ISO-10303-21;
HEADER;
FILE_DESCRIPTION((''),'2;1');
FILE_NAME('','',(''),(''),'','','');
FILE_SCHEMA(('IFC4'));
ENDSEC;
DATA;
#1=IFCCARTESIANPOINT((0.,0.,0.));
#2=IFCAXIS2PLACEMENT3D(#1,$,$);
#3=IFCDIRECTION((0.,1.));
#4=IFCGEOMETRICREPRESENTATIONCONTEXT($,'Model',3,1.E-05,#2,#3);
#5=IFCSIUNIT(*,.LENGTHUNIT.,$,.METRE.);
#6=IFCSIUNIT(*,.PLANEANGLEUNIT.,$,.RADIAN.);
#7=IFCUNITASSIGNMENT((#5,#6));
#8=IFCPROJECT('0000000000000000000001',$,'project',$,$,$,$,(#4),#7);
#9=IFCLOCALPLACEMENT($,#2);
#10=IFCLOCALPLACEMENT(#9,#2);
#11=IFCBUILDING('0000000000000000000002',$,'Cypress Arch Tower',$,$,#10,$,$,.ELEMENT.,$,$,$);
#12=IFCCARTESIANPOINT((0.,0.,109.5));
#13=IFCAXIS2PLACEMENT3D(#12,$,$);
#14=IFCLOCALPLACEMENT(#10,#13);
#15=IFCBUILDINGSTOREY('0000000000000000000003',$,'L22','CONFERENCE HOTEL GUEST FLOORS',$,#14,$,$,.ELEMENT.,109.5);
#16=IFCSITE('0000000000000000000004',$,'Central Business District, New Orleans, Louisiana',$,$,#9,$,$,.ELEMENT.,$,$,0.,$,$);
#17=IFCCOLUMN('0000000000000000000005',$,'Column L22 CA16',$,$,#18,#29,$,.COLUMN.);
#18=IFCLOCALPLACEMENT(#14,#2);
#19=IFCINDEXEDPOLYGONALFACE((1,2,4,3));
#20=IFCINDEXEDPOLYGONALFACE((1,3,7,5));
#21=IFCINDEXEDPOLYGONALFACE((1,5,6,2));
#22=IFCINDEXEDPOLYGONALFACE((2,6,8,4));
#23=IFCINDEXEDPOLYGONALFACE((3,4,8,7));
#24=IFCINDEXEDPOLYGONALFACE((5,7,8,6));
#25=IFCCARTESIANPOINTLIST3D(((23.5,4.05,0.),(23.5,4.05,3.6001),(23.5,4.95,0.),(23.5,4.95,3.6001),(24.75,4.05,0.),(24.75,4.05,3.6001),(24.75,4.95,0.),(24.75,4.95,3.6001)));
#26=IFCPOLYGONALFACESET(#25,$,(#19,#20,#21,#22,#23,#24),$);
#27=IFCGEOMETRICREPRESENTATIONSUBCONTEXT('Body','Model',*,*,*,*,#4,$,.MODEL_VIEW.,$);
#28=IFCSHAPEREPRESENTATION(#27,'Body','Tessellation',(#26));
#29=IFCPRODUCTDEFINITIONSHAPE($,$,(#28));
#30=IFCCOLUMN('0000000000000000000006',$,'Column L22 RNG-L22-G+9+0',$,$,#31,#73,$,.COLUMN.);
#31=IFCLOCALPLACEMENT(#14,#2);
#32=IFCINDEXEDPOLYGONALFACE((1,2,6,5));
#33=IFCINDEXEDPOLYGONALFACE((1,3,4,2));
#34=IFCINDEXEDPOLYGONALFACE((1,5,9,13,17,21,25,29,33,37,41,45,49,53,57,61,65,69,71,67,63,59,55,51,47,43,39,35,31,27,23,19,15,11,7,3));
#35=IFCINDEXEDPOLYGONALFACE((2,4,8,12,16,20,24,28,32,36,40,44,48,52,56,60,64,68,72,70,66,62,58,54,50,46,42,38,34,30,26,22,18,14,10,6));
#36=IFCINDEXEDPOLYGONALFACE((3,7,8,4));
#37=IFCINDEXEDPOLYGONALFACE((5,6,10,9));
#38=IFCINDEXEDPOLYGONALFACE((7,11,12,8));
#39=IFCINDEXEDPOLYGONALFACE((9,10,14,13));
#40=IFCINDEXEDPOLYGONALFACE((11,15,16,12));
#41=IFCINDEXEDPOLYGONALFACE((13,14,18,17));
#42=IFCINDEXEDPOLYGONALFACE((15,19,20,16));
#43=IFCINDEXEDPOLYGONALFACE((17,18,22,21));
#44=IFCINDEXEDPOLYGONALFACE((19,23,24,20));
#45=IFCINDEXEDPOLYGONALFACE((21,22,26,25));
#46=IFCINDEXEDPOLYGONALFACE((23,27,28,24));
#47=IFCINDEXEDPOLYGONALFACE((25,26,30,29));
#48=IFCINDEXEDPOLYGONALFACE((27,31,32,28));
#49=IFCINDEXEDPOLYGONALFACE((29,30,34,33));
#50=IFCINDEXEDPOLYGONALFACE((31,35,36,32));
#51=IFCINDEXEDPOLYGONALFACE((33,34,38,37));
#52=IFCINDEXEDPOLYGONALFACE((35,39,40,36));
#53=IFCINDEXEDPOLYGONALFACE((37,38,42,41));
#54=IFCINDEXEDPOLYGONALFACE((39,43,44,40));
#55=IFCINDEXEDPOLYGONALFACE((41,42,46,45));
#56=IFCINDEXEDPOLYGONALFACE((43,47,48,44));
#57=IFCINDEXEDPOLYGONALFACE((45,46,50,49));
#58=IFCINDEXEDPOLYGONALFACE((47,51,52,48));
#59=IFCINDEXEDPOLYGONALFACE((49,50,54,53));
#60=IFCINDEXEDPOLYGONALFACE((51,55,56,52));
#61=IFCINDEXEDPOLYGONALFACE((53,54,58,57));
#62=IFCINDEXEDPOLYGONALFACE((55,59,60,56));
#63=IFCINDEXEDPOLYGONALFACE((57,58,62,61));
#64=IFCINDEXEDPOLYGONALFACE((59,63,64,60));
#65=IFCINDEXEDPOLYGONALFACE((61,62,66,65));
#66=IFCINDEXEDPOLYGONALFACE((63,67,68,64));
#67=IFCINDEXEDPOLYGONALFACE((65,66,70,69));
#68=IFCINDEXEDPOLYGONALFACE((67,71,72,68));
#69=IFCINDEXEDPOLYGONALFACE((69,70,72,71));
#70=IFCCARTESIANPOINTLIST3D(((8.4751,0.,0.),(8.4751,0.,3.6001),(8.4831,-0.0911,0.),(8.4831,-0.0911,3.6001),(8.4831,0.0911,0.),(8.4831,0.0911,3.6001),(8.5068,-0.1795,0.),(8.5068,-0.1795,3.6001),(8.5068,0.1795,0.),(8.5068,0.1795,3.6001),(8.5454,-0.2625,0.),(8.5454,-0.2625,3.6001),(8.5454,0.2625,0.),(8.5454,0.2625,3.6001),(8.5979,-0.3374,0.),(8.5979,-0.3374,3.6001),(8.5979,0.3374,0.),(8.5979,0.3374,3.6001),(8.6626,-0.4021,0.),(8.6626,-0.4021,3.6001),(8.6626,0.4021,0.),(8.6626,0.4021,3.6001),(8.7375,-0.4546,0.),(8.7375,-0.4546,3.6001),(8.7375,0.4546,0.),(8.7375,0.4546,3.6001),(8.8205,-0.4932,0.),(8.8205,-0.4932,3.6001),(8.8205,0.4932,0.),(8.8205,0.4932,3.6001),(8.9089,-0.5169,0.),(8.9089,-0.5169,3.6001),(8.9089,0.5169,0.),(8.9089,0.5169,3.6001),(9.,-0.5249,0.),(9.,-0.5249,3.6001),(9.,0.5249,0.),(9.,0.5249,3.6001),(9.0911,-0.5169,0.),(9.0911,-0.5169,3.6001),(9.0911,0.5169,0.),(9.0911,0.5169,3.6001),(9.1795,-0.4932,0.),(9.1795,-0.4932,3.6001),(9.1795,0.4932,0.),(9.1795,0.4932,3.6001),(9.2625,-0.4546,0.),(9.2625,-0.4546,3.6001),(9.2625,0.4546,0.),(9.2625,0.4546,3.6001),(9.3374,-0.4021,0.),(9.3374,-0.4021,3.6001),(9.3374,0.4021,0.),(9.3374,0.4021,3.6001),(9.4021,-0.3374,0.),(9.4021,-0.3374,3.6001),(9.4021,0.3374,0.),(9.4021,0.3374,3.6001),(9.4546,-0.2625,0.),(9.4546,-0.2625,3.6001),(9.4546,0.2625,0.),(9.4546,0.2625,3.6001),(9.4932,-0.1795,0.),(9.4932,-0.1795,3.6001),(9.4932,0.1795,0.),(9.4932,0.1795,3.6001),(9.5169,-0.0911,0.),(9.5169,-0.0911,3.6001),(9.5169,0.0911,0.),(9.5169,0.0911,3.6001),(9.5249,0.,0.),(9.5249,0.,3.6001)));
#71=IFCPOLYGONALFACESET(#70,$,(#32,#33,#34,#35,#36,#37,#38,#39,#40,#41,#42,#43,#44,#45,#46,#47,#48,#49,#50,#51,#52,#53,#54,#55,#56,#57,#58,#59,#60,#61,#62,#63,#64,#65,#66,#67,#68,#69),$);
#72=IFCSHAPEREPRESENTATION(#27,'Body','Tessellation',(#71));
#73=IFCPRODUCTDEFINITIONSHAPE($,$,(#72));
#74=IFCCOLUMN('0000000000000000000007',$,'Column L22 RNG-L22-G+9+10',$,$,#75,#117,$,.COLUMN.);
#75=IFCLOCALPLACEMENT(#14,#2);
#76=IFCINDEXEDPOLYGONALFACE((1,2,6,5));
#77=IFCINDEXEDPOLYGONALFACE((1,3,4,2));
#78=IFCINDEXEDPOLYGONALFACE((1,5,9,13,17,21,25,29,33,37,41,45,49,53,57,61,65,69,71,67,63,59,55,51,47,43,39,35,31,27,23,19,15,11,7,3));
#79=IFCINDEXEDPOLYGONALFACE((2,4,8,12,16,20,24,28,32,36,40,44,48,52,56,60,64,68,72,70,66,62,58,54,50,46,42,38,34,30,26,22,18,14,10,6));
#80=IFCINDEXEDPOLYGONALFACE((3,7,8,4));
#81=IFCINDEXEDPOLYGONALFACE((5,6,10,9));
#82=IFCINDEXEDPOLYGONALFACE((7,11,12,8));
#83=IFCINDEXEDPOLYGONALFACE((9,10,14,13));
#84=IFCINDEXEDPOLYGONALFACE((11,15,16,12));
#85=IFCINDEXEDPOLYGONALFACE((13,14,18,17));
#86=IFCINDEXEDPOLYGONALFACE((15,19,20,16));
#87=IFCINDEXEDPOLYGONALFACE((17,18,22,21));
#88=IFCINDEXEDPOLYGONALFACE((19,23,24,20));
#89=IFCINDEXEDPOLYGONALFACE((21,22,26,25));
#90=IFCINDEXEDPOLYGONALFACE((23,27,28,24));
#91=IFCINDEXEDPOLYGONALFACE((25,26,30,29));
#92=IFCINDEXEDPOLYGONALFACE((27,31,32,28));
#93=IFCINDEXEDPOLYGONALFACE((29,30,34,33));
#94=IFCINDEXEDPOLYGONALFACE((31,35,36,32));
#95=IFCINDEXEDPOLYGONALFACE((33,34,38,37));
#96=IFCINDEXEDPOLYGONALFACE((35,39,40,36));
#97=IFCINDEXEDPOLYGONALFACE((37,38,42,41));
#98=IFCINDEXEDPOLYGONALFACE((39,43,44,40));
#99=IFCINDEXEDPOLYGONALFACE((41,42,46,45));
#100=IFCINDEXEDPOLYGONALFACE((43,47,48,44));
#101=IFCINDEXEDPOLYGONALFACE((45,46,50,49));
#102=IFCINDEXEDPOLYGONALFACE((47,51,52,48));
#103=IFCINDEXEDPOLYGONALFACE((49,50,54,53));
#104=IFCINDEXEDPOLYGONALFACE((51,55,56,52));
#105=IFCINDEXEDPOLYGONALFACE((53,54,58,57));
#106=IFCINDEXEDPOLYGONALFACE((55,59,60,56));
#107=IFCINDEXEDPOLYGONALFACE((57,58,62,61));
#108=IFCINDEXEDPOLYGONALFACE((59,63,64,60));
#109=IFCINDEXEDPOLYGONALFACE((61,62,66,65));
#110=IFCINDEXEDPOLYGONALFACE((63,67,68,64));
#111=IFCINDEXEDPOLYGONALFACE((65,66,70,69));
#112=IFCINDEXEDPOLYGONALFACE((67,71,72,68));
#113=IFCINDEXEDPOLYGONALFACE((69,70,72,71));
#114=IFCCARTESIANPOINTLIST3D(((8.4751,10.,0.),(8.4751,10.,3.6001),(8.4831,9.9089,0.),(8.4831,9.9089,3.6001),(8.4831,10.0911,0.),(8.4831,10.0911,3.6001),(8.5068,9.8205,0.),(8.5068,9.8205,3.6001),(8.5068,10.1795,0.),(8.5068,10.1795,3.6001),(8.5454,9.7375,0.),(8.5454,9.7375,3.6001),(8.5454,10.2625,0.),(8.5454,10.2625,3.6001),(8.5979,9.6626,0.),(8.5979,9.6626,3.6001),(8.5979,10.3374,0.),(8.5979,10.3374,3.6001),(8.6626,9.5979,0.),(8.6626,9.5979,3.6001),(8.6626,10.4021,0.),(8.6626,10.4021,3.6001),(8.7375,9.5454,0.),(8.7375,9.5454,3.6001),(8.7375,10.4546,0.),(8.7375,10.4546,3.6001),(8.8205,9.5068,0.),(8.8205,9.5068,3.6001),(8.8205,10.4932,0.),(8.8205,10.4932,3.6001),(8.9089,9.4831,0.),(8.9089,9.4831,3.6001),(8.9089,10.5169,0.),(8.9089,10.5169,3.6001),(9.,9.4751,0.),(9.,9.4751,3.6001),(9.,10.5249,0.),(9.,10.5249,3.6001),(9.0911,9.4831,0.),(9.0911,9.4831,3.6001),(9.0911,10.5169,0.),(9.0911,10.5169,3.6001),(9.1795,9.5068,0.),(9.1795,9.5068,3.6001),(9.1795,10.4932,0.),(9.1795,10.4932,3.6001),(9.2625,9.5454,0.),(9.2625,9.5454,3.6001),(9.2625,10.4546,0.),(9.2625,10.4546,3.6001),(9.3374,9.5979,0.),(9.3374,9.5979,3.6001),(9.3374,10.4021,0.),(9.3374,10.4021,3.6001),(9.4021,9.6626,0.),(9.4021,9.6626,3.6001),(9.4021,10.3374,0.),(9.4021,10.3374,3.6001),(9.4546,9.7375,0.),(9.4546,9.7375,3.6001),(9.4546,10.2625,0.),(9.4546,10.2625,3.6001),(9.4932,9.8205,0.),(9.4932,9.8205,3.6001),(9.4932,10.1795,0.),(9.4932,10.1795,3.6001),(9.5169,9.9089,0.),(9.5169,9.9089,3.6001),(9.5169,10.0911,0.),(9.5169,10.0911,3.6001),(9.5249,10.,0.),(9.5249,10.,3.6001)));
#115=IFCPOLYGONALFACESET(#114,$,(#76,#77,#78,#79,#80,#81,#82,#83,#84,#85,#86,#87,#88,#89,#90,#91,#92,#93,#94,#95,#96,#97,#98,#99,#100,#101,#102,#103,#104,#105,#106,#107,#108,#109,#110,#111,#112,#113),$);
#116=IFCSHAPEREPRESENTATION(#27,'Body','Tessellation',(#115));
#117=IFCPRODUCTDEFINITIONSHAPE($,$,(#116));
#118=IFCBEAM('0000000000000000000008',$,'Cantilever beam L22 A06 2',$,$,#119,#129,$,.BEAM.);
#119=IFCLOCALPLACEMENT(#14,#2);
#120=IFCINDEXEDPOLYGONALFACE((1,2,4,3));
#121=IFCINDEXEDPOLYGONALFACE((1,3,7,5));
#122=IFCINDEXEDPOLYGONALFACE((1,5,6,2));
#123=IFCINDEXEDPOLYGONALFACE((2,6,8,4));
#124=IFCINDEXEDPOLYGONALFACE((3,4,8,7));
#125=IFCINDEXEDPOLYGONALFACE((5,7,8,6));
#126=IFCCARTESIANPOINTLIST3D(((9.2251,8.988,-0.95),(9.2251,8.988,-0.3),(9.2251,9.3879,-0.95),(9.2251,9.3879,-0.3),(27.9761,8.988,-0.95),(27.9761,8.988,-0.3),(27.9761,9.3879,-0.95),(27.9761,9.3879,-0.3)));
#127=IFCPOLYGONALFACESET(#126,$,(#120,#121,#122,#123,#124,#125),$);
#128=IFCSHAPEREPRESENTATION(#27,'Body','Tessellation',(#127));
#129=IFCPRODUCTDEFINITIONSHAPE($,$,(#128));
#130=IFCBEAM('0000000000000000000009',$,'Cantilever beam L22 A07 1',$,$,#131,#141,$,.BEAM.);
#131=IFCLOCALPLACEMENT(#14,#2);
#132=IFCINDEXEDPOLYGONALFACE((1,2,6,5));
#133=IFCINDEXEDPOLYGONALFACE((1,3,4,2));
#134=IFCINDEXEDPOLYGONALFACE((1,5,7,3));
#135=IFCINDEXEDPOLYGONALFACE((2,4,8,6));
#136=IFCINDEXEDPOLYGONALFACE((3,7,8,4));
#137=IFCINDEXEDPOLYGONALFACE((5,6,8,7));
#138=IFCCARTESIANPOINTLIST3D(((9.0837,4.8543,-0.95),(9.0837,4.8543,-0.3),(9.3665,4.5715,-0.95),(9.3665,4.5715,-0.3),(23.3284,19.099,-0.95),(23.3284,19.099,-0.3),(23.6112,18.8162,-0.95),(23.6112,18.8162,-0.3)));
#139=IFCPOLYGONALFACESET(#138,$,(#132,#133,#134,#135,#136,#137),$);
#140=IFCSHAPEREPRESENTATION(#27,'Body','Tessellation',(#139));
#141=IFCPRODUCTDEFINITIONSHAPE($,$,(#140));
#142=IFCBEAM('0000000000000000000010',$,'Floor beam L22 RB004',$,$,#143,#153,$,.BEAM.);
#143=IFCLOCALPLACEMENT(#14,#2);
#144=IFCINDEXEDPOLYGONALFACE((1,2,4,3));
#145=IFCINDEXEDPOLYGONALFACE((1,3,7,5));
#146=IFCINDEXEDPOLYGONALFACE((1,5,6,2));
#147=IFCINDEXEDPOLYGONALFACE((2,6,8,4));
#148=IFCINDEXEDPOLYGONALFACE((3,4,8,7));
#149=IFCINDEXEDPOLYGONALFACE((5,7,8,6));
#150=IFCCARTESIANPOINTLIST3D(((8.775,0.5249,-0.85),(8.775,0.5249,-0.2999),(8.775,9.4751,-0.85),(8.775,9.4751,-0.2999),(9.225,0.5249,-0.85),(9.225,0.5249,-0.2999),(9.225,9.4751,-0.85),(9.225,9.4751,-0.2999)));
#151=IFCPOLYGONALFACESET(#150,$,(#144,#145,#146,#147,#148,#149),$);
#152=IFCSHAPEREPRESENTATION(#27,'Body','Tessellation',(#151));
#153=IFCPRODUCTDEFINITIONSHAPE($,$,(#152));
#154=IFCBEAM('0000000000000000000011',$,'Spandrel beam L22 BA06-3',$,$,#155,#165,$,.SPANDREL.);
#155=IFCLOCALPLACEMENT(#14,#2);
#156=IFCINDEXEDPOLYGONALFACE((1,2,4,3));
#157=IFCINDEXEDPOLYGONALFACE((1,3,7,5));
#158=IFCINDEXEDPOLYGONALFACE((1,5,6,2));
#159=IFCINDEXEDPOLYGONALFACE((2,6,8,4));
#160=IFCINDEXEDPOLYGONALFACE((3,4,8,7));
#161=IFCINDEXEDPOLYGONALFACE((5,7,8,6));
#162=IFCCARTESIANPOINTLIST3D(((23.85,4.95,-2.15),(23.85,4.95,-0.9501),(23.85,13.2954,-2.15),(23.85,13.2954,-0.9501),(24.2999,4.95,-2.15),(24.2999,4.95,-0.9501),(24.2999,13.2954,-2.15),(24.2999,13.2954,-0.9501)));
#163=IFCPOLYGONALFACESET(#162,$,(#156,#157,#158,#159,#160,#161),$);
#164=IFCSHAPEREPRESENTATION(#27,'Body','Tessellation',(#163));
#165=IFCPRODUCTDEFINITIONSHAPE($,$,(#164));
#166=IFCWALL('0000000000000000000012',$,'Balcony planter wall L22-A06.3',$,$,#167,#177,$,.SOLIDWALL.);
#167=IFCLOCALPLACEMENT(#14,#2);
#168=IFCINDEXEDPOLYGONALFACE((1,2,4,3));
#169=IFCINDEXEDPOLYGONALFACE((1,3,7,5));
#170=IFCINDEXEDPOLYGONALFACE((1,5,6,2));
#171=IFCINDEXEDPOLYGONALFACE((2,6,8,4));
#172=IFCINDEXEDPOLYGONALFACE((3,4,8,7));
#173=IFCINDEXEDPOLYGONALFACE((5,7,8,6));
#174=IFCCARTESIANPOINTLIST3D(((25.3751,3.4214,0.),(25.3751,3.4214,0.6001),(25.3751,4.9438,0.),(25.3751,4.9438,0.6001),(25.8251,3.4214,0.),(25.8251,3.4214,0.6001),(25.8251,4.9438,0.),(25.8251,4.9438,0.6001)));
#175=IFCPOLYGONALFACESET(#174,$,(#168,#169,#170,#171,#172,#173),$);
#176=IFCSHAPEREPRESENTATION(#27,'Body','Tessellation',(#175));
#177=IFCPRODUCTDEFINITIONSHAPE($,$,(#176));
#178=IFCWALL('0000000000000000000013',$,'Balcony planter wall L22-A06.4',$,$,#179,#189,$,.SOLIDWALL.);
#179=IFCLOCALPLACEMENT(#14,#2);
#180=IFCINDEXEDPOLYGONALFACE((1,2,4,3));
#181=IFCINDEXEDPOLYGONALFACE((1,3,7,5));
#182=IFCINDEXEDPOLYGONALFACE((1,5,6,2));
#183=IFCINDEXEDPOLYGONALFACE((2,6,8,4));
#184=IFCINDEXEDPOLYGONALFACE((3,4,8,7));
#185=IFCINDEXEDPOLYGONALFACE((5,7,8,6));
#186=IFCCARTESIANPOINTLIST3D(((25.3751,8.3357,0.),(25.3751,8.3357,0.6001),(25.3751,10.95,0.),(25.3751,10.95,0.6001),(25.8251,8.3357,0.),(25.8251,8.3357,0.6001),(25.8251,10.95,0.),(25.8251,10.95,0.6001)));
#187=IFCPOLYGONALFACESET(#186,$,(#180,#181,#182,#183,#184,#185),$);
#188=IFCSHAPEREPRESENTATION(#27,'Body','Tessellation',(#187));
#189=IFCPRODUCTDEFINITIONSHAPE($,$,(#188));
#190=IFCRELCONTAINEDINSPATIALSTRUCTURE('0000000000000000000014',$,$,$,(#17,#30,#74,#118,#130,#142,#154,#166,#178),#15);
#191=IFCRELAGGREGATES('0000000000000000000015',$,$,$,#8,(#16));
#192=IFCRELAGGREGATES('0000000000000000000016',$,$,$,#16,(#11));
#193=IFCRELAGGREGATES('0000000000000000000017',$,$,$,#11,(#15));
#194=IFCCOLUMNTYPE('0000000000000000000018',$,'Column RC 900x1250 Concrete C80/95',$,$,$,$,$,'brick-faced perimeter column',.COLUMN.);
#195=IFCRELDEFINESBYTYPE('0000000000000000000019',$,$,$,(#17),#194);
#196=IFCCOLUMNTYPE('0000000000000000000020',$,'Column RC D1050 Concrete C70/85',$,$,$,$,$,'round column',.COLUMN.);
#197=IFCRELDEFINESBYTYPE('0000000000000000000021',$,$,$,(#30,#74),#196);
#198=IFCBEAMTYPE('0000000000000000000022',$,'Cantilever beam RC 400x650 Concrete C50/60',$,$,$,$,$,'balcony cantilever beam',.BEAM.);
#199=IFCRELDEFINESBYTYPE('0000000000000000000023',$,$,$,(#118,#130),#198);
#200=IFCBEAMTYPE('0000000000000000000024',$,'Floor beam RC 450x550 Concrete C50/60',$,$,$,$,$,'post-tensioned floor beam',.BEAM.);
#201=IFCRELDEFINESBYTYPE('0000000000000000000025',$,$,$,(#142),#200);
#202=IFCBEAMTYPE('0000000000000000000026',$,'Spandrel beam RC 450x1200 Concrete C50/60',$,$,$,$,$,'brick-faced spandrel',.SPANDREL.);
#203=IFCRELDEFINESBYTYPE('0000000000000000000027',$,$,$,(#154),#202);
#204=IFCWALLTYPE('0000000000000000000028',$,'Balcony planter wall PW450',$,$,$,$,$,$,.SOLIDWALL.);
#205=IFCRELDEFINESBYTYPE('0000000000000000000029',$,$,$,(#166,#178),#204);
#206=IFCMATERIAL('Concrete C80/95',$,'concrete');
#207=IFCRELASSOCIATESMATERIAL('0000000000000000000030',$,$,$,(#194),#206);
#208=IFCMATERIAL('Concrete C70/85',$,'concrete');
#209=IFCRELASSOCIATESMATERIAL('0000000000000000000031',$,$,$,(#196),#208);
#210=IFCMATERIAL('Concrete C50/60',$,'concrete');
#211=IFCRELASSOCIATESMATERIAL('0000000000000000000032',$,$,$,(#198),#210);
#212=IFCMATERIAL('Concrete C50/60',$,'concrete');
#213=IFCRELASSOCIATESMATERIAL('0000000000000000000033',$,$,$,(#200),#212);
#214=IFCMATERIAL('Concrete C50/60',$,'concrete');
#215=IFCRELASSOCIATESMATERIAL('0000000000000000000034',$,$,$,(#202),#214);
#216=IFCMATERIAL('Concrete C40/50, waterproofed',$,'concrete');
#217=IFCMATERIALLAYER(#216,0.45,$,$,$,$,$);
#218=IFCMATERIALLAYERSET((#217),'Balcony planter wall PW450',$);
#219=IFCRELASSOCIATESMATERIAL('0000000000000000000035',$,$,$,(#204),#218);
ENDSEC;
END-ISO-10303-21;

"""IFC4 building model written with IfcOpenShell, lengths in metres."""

from ifc_helpers import new_model, si_unit, direction, frame, frame_2d, origin, origin_2d, place, context, subcontext, project, spatial, rectangle, circle, extrude, material, layer, layer_set, material_profile, profile_set, type_object, element, save


model = new_model("IFC4")

# Units and contexts
model_context = context("Model", 3, precision=1e-05, world=origin(), true_north=direction((0.0, 1.0)))
body_context = subcontext(model_context, "Body", "Model", "MODEL_VIEW")
ifc_project = project(units=[si_unit("LENGTHUNIT", "METRE"), si_unit("PLANEANGLEUNIT", "RADIAN")], contexts=[model_context])

# Site, building, storey
site_placement = place(None, origin())
site = spatial("IfcSite", under=ifc_project, at=site_placement, Name="Central Business District, New Orleans, Louisiana", CompositionType="ELEMENT", RefElevation=0.0)
building_placement = place(site_placement, origin())
building = spatial("IfcBuilding", under=site, at=building_placement, Name="Cypress Arch Tower", CompositionType="ELEMENT")
storey_placement = place(building_placement, frame((0.0, 0.0, 109.5)))
storey = spatial("IfcBuildingStorey", under=building, at=storey_placement, Name="L22", Description="CONFERENCE HOTEL GUEST FLOORS", CompositionType="ELEMENT", Elevation=109.5)

# Columns
ifc_material_1 = material(Name="Concrete C80/95", Category="concrete")
ifc_material_profile_1 = material_profile(ifc_material_1, rectangle(XDim=0.8999, YDim=1.25, at=origin_2d()), Name="RC 900x1250")
ifc_profile_set_1 = profile_set([ifc_material_profile_1], Name="Concrete C80/95")
column_type_1 = type_object("IfcColumnType", Name="Column RC 900x1250 Concrete C80/95", ElementType="brick-faced perimeter column", PredefinedType="COLUMN", material=ifc_profile_set_1)
column_placement = place(storey_placement, frame((24.125, 4.5, 0.0), z_axis=(0.0, 0.0, 1.0), x_axis=(0.0, 1.0, 0.0)))
element("IfcColumn", 1, at=column_placement, inside=storey, type_object=column_type_1, Name="Column L22 CA16", PredefinedType="COLUMN", context=body_context, shape_type="SweptSolid", body=[
    extrude(rectangle(XDim=0.8999, YDim=1.25, at=origin_2d()), origin(), (0.0, 0.0, 1.0), 3.6001),
])
ifc_material_2 = material(Name="Concrete C70/85", Category="concrete")
ifc_material_profile_2 = material_profile(ifc_material_2, circle(Radius=0.5249, at=origin_2d()), Name="RC D1050")
ifc_profile_set_2 = profile_set([ifc_material_profile_2], Name="Concrete C70/85")
column_type_2 = type_object("IfcColumnType", Name="Column RC D1050 Concrete C70/85", ElementType="round column", PredefinedType="COLUMN", material=ifc_profile_set_2)
for number, where, z_axis, x_axis, name in (
    (2, (9.0, 0.0, 0.0), (0.0, 0.0, 1.0), (1.0, 0.0, 0.0), "Column L22 RNG-L22-G+9+0"),
    (3, (9.0, 10.0, 0.0), (0.0, 0.0, 1.0), (1.0, 0.0, 0.0), "Column L22 RNG-L22-G+9+10"),
):
    element("IfcColumn", number, at=place(storey_placement, frame(where, z_axis=z_axis, x_axis=x_axis)), inside=storey, type_object=column_type_2, Name=name, PredefinedType="COLUMN", context=body_context, shape_type="SweptSolid", body=[
        extrude(circle(Radius=0.5249, at=origin_2d()), origin(), (0.0, 0.0, 1.0), 3.6001),
    ])

# Beams
ifc_material_3 = material(Name="Concrete C50/60", Category="concrete")
ifc_material_profile_3 = material_profile(ifc_material_3, rectangle(XDim=0.3999, YDim=0.6499, at=origin_2d()), Name="RC 400x650")
ifc_profile_set_3 = profile_set([ifc_material_profile_3], Name="Concrete C50/60")
beam_type_1 = type_object("IfcBeamType", Name="Cantilever beam RC 400x650 Concrete C50/60", ElementType="balcony cantilever beam", PredefinedType="BEAM", material=ifc_profile_set_3)
beam_1_placement = place(storey_placement, frame((9.2251, 9.188, -0.625), z_axis=(1.0, 0.0, 0.0), x_axis=(0.0, 1.0, 0.0)))
element("IfcBeam", 4, at=beam_1_placement, inside=storey, type_object=beam_type_1, Name="Cantilever beam L22 A06 2", PredefinedType="BEAM", context=body_context, shape_type="SweptSolid", body=[
    extrude(rectangle(XDim=0.3999, YDim=0.6499, at=origin_2d()), origin(), (0.0, 0.0, 1.0), 18.751),
])
beam_2_placement = place(storey_placement, frame((9.2251, 4.7129, -0.625), z_axis=(0.707107, 0.707107, 0.0), x_axis=(-0.707107, 0.707107, 0.0)))
element("IfcBeam", 5, at=beam_2_placement, inside=storey, type_object=beam_type_1, Name="Cantilever beam L22 A07 1", PredefinedType="BEAM", context=body_context, shape_type="SweptSolid", body=[
    extrude(rectangle(XDim=0.3999, YDim=0.6499, at=origin_2d()), origin(), (0.0, 0.0, 1.0), 20.145),
])
ifc_material_4 = material(Name="Concrete C50/60", Category="concrete")
ifc_material_profile_4 = material_profile(ifc_material_4, rectangle(XDim=0.45, YDim=0.55, at=origin_2d()), Name="RC 450x550")
ifc_profile_set_4 = profile_set([ifc_material_profile_4], Name="Concrete C50/60")
beam_type_2 = type_object("IfcBeamType", Name="Floor beam RC 450x550 Concrete C50/60", ElementType="post-tensioned floor beam", PredefinedType="BEAM", material=ifc_profile_set_4)
beam_3_placement = place(storey_placement, frame((9.0, 0.5249, -0.575), z_axis=(0.0, 1.0, 0.0), x_axis=(-1.0, 0.0, 0.0)))
element("IfcBeam", 6, at=beam_3_placement, inside=storey, type_object=beam_type_2, Name="Floor beam L22 RB004", PredefinedType="BEAM", context=body_context, shape_type="SweptSolid", body=[
    extrude(rectangle(XDim=0.45, YDim=0.55, at=origin_2d()), origin(), (0.0, 0.0, 1.0), 8.9502),
])
ifc_material_5 = material(Name="Concrete C50/60", Category="concrete")
ifc_material_profile_5 = material_profile(ifc_material_5, rectangle(XDim=0.45, YDim=1.2, at=origin_2d()), Name="RC 450x1200")
ifc_profile_set_5 = profile_set([ifc_material_profile_5], Name="Concrete C50/60")
beam_type_3 = type_object("IfcBeamType", Name="Spandrel beam RC 450x1200 Concrete C50/60", ElementType="brick-faced spandrel", PredefinedType="SPANDREL", material=ifc_profile_set_5)
beam_4_placement = place(storey_placement, frame((24.075, 4.95, -1.55), z_axis=(0.0, 1.0, 0.0), x_axis=(-1.0, 0.0, 0.0)))
element("IfcBeam", 7, at=beam_4_placement, inside=storey, type_object=beam_type_3, Name="Spandrel beam L22 BA06-3", PredefinedType="SPANDREL", context=body_context, shape_type="SweptSolid", body=[
    extrude(rectangle(XDim=0.45, YDim=1.2, at=origin_2d()), origin(), (0.0, 0.0, 1.0), 8.3455),
])

# Walls
ifc_material_6 = material(Name="Concrete C40/50, waterproofed", Category="concrete")
ifc_layer_1 = layer(ifc_material_6, 0.45)
ifc_layer_set_1 = layer_set([ifc_layer_1], Name="Balcony planter wall PW450")
wall_type_1 = type_object("IfcWallType", Name="Balcony planter wall PW450", PredefinedType="SOLIDWALL", material=ifc_layer_set_1)
wall_1_placement = place(storey_placement, frame((25.6001, 3.4214, 0.0), z_axis=(0.0, 0.0, 1.0), x_axis=(0.0, 1.0, 0.0)))
element("IfcWall", 8, at=wall_1_placement, inside=storey, type_object=wall_type_1, Name="Balcony planter wall L22-A06.3", PredefinedType="SOLIDWALL", context=body_context, shape_type="SweptSolid", body=[
    extrude(rectangle(XDim=1.5225, YDim=0.45, at=frame_2d((0.7612, 0.0))), origin(), (0.0, 0.0, 1.0), 0.6001),
])
wall_2_placement = place(storey_placement, frame((25.6001, 8.3357, 0.0), z_axis=(0.0, 0.0, 1.0), x_axis=(0.0, 1.0, 0.0)))
element("IfcWall", 9, at=wall_2_placement, inside=storey, type_object=wall_type_1, Name="Balcony planter wall L22-A06.4", PredefinedType="SOLIDWALL", context=body_context, shape_type="SweptSolid", body=[
    extrude(rectangle(XDim=2.6143, YDim=0.45, at=frame_2d((1.3071, 0.0))), origin(), (0.0, 0.0, 1.0), 0.6001),
])

save(model, "model.ifc")
